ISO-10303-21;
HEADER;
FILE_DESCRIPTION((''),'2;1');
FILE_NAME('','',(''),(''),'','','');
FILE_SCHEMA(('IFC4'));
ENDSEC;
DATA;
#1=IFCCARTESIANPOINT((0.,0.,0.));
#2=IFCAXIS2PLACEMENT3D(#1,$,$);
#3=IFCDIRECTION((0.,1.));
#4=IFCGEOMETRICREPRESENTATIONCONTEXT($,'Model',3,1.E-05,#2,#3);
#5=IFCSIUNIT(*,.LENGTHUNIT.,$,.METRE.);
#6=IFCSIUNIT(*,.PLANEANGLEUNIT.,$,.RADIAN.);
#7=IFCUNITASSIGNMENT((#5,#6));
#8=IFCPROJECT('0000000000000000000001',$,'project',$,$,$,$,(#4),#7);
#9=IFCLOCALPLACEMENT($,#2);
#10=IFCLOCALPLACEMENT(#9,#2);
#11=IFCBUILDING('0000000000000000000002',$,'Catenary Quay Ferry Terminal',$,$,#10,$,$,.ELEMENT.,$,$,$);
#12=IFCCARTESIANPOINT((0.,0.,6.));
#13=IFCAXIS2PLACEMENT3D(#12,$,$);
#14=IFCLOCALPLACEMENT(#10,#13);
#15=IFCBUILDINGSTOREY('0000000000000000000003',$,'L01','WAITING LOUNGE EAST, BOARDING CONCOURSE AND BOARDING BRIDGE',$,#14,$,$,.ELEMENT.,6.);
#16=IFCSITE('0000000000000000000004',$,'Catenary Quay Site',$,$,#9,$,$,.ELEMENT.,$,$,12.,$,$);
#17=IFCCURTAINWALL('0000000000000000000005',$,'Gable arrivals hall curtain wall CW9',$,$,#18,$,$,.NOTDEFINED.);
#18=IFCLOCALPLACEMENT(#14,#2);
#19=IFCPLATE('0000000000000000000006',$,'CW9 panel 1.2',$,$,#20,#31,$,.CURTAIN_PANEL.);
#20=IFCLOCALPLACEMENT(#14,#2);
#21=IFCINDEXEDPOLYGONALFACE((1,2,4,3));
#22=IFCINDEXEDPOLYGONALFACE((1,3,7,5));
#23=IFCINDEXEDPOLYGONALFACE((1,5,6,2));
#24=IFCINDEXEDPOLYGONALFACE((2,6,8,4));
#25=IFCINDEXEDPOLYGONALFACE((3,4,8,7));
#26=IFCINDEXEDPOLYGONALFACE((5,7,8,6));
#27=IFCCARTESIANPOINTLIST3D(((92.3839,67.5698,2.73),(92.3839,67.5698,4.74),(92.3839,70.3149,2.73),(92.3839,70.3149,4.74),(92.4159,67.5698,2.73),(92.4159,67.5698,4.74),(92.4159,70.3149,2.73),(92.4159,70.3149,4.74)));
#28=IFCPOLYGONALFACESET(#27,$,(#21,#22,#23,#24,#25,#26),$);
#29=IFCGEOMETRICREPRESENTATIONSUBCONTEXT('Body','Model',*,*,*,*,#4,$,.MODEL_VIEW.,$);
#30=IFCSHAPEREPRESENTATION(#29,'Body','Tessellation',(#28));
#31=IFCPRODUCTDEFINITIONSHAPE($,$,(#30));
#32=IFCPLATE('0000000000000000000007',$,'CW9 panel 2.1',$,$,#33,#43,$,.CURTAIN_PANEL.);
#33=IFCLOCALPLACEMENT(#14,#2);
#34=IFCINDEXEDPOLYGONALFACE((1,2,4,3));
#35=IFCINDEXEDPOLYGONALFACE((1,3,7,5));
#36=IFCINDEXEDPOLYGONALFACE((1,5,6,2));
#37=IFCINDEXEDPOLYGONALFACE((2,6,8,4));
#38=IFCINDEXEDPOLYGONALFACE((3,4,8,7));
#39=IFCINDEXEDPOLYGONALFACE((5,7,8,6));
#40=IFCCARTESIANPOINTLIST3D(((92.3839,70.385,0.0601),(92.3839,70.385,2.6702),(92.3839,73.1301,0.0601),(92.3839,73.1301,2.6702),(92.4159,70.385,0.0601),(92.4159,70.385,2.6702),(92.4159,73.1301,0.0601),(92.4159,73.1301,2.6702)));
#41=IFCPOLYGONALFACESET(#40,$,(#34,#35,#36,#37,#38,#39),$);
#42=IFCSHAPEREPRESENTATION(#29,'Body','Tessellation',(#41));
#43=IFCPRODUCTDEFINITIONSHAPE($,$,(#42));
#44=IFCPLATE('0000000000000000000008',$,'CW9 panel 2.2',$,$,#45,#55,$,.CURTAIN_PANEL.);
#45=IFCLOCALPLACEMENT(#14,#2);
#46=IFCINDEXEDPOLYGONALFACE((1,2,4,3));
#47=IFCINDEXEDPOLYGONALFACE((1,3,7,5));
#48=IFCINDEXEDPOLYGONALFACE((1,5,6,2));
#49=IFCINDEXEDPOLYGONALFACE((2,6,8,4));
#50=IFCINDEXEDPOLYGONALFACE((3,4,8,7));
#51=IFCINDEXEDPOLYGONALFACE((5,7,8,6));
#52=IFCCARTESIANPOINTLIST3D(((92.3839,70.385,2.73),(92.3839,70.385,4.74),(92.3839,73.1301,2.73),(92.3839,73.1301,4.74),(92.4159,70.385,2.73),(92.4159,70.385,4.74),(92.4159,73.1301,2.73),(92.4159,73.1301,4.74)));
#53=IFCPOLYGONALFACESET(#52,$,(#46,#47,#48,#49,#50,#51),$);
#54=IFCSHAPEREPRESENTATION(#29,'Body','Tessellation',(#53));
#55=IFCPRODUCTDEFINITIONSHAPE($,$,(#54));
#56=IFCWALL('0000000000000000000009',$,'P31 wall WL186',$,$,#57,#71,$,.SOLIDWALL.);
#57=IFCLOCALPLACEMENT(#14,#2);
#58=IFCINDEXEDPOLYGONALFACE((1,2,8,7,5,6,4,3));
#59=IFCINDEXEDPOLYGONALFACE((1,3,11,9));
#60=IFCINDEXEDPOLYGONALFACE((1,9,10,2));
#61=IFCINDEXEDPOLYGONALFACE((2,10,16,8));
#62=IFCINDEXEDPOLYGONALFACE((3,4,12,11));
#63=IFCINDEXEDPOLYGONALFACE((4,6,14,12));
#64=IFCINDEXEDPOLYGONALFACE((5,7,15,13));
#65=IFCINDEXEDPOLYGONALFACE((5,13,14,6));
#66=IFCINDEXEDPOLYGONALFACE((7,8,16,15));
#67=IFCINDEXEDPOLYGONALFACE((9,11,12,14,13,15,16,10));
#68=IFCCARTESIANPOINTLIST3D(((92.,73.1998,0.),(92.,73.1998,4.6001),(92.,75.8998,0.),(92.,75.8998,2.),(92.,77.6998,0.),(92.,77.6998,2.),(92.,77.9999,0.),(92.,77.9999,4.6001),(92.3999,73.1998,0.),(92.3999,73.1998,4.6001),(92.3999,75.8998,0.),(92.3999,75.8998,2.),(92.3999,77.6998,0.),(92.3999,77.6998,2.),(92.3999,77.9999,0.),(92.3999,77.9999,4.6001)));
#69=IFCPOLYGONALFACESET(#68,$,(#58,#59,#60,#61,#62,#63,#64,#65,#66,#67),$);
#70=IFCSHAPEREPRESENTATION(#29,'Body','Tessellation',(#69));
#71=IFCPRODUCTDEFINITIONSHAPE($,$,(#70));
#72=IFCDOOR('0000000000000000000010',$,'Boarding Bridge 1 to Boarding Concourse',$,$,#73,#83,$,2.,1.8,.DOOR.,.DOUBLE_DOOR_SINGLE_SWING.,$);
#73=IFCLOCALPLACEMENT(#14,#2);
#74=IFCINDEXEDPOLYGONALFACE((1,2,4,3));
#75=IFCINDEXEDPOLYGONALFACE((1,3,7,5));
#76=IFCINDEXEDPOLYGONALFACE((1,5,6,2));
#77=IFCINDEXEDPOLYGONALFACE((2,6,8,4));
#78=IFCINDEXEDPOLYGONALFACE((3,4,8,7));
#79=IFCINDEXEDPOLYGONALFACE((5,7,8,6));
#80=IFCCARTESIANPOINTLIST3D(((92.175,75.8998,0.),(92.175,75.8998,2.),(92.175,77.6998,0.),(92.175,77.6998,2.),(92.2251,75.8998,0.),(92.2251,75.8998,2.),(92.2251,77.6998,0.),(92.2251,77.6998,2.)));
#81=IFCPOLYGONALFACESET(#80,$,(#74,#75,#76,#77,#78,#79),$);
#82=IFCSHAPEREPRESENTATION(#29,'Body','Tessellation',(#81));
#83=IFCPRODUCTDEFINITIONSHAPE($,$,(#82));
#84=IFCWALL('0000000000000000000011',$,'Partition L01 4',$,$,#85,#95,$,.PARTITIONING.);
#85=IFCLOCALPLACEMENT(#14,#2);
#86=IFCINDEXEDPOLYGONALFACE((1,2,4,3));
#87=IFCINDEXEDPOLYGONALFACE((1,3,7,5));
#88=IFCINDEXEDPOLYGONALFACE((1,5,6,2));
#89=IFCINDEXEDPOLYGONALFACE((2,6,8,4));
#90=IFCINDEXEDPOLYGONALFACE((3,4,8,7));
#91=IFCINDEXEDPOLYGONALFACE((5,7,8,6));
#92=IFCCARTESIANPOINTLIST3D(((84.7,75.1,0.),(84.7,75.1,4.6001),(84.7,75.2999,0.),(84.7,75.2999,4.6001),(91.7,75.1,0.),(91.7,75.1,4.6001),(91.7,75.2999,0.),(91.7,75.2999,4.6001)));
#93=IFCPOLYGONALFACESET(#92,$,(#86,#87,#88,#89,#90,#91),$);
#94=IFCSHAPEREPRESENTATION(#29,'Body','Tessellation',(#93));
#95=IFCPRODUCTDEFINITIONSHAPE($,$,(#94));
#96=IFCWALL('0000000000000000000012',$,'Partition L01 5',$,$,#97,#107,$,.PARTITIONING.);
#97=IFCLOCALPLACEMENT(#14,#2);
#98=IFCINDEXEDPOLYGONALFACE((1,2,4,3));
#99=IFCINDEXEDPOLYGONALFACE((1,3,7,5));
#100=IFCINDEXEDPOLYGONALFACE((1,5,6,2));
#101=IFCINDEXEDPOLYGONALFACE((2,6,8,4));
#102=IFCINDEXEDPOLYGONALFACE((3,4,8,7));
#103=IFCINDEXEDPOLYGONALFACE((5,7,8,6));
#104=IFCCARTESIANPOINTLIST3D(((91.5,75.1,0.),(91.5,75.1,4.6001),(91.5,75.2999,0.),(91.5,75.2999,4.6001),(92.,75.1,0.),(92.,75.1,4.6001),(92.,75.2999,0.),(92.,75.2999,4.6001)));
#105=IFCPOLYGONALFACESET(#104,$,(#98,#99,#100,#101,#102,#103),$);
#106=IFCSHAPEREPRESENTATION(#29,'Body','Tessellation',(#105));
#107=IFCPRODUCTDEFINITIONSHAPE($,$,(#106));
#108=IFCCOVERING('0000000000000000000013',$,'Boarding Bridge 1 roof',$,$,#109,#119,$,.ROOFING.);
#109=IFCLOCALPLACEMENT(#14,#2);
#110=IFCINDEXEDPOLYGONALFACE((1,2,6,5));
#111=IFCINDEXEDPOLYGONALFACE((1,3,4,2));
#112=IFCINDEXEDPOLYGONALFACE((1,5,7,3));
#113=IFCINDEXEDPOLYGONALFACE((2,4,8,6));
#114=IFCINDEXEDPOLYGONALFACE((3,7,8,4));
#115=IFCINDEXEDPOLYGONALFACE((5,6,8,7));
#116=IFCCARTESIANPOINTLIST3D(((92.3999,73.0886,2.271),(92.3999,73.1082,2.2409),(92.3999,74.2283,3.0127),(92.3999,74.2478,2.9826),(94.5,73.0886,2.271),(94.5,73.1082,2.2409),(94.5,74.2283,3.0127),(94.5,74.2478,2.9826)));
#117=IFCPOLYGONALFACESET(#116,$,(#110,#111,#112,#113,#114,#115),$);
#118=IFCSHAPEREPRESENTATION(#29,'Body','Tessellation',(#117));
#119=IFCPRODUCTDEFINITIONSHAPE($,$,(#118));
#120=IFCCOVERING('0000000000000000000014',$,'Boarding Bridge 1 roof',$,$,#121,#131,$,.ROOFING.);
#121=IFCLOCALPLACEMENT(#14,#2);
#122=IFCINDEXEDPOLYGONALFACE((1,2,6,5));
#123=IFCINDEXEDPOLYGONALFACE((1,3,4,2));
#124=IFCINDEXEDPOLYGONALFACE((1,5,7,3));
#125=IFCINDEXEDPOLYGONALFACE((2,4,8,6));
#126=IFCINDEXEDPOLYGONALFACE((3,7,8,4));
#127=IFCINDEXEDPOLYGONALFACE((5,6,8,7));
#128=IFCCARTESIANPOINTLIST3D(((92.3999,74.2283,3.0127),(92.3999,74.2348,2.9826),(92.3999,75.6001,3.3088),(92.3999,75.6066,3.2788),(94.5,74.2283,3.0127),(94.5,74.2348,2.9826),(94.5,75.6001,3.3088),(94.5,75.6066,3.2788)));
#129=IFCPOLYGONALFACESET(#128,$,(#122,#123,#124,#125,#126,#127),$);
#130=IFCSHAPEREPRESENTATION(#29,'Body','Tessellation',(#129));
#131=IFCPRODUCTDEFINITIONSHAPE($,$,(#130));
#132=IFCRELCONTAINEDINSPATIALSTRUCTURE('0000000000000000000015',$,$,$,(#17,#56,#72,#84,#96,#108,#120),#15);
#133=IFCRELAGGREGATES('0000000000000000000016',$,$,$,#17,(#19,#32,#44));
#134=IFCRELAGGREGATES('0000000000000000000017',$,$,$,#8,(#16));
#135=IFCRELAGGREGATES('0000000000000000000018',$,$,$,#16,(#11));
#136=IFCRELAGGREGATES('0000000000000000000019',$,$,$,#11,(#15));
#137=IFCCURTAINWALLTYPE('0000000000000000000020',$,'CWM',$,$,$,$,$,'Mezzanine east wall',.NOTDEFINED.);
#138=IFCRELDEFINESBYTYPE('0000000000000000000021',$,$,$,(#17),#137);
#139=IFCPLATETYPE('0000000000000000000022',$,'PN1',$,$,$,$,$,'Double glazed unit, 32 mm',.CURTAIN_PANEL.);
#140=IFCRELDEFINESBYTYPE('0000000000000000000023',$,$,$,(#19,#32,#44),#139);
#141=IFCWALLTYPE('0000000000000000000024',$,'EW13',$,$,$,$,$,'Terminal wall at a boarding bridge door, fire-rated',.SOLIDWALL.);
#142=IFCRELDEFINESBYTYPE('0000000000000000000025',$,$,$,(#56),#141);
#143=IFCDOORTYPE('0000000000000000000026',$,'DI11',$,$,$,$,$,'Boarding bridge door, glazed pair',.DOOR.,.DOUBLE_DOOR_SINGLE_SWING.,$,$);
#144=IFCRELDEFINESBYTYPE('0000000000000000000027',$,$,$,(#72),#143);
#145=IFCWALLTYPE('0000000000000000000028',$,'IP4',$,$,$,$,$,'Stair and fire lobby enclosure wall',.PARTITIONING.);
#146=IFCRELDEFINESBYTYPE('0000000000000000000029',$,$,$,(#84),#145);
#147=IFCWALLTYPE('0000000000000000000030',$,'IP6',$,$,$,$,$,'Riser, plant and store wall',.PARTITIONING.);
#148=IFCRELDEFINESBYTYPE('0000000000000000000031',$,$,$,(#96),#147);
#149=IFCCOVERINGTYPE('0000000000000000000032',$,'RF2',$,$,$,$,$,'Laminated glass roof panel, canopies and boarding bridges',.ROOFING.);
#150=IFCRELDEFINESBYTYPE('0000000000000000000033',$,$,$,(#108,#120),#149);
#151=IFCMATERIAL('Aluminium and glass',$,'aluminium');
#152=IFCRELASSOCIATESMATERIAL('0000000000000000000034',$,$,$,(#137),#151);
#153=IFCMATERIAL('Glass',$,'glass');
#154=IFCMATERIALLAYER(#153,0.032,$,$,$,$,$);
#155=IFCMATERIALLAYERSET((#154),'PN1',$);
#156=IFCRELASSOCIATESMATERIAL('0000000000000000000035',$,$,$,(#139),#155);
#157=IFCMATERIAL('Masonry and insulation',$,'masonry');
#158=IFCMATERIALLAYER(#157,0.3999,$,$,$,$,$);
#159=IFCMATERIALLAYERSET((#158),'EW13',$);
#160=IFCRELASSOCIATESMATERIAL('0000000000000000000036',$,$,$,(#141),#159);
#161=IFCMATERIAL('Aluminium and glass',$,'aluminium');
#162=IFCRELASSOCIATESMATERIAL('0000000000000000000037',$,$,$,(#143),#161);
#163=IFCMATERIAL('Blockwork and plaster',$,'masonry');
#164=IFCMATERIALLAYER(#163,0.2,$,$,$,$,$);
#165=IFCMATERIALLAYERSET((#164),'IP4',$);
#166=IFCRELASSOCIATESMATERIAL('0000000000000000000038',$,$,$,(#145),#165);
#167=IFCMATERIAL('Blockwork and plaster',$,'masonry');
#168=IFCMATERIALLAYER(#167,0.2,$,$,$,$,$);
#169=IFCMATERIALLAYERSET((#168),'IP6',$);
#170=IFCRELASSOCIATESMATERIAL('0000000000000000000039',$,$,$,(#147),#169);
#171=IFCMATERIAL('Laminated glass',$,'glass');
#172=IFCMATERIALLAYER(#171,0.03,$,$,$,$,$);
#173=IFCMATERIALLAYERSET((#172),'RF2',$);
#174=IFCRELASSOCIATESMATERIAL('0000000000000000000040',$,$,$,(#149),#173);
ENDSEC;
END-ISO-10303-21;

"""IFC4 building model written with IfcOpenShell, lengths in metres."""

from ifc_helpers import new_model, si_unit, direction, frame, frame_2d, origin, origin_2d, place, context, subcontext, project, spatial, polyline, rectangle, outline, extrude, material, layer, layer_set, type_object, element, fill, aggregate, save


model = new_model("IFC4")

# Units and contexts
model_context = context("Model", 3, precision=1e-05, world=origin(), true_north=direction((0.0, 1.0)))
body_context = subcontext(model_context, "Body", "Model", "MODEL_VIEW")
ifc_project = project(units=[si_unit("LENGTHUNIT", "METRE"), si_unit("PLANEANGLEUNIT", "RADIAN")], contexts=[model_context])

# Site, building, storey
site_placement = place(None, origin())
site = spatial("IfcSite", under=ifc_project, at=site_placement, Name="Catenary Quay Site", CompositionType="ELEMENT", RefElevation=12.0)
building_placement = place(site_placement, origin())
building = spatial("IfcBuilding", under=site, at=building_placement, Name="Catenary Quay Ferry Terminal", CompositionType="ELEMENT")
storey_placement = place(building_placement, frame((0.0, 0.0, 6.0)))
storey = spatial("IfcBuildingStorey", under=building, at=storey_placement, Name="L01", Description="WAITING LOUNGE EAST, BOARDING CONCOURSE AND BOARDING BRIDGE", CompositionType="ELEMENT", Elevation=6.0)

# Curtain wall
ifc_material_1 = material(Name="Aluminium and glass", Category="aluminium")
curtain_wall_type_1 = type_object("IfcCurtainWallType", Name="CWM", ElementType="Mezzanine east wall", PredefinedType="NOTDEFINED", material=ifc_material_1)
curtain_wall_1_placement = place(storey_placement, origin())
curtain_wall_1 = element("IfcCurtainWall", 1, at=curtain_wall_1_placement, inside=storey, type_object=curtain_wall_type_1, Name="Gable arrivals hall curtain wall CW9", PredefinedType="NOTDEFINED")

# Plates
ifc_material_2 = material(Name="Glass", Category="glass")
ifc_layer_1 = layer(ifc_material_2, 0.032)
ifc_layer_set_1 = layer_set([ifc_layer_1], Name="PN1")
plate_type = type_object("IfcPlateType", Name="PN1", ElementType="Double glazed unit, 32 mm", PredefinedType="CURTAIN_PANEL", material=ifc_layer_set_1)
plate_1_placement = place(storey_placement, frame((92.3999, 68.9424, 2.73), z_axis=(0.0, 0.0, 1.0), x_axis=(0.0, 1.0, 0.0)))
plate_1 = element("IfcPlate", 2, at=plate_1_placement, type_object=plate_type, Name="CW9 panel 1.2", PredefinedType="CURTAIN_PANEL", context=body_context, shape_type="SweptSolid", body=[
    extrude(rectangle(XDim=2.7451, YDim=0.032, at=origin_2d()), origin(), (0.0, 0.0, 1.0), 2.01),
])
plate_2_placement = place(storey_placement, frame((92.3999, 71.7576, 0.0601), z_axis=(0.0, 0.0, 1.0), x_axis=(0.0, 1.0, 0.0)))
plate_2 = element("IfcPlate", 3, at=plate_2_placement, type_object=plate_type, Name="CW9 panel 2.1", PredefinedType="CURTAIN_PANEL", context=body_context, shape_type="SweptSolid", body=[
    extrude(rectangle(XDim=2.7451, YDim=0.032, at=origin_2d()), origin(), (0.0, 0.0, 1.0), 2.6101),
])
plate_3_placement = place(storey_placement, frame((92.3999, 71.7576, 2.73), z_axis=(0.0, 0.0, 1.0), x_axis=(0.0, 1.0, 0.0)))
plate_3 = element("IfcPlate", 4, at=plate_3_placement, type_object=plate_type, Name="CW9 panel 2.2", PredefinedType="CURTAIN_PANEL", context=body_context, shape_type="SweptSolid", body=[
    extrude(rectangle(XDim=2.7451, YDim=0.032, at=origin_2d()), origin(), (0.0, 0.0, 1.0), 2.01),
])
aggregate(curtain_wall_1, [plate_1, plate_2, plate_3])

# Wall, opening, door
ifc_material_3 = material(Name="Masonry and insulation", Category="masonry")
ifc_layer_2 = layer(ifc_material_3, 0.3999)
ifc_layer_set_2 = layer_set([ifc_layer_2], Name="EW13")
wall_type_1 = type_object("IfcWallType", Name="EW13", ElementType="Terminal wall at a boarding bridge door, fire-rated", PredefinedType="SOLIDWALL", material=ifc_layer_set_2)
wall_1_placement = place(storey_placement, frame((92.2, 73.2, 0.0), z_axis=(0.0, 0.0, 1.0), x_axis=(0.0, 1.0, 0.0)))
wall_1 = element("IfcWall", 5, at=wall_1_placement, inside=storey, type_object=wall_type_1, Name="P31 wall WL186", PredefinedType="SOLIDWALL", context=body_context, shape_type="SweptSolid", body=[
    extrude(rectangle(XDim=4.8, YDim=0.3999, at=frame_2d((2.3999, 0.0))), origin(), (0.0, 0.0, 1.0), 4.6001),
])
opening_placement = place(wall_1_placement, frame((2.7, 0.0, 0.0)))
opening = element("IfcOpeningElement", 6, at=opening_placement, cuts=wall_1, PredefinedType="OPENING", context=body_context, shape_type="SweptSolid", body=[
    extrude(rectangle(XDim=1.8, YDim=2.0, at=frame_2d((0.8999, 1.0))), frame((0.0, 0.21, 0.0), z_axis=(0.0, -1.0, 0.0), x_axis=(1.0, 0.0, 0.0)), (0.0, 0.0, 1.0), 0.4199),
])
ifc_material_4 = material(Name="Aluminium and glass", Category="aluminium")
door_type = type_object("IfcDoorType", Name="DI11", ElementType="Boarding bridge door, glazed pair", OperationType="DOUBLE_DOOR_SINGLE_SWING", PredefinedType="DOOR", material=ifc_material_4)
door_placement = place(opening_placement, origin())
door = element("IfcDoor", 7, at=door_placement, inside=storey, type_object=door_type, Name="Boarding Bridge 1 to Boarding Concourse", OperationType="DOUBLE_DOOR_SINGLE_SWING", OverallHeight=2.0, OverallWidth=1.8, PredefinedType="DOOR", context=body_context, shape_type="SweptSolid", body=[
    extrude(rectangle(XDim=1.8, YDim=2.0, at=frame_2d((0.8999, 1.0))), frame((0.0, 0.0249, 0.0), z_axis=(0.0, -1.0, 0.0), x_axis=(1.0, 0.0, 0.0)), (0.0, 0.0, 1.0), 0.05),
])
fill(opening, door)

# Walls
ifc_material_5 = material(Name="Blockwork and plaster", Category="masonry")
ifc_layer_3 = layer(ifc_material_5, 0.2)
ifc_layer_set_3 = layer_set([ifc_layer_3], Name="IP4")
wall_type_2 = type_object("IfcWallType", Name="IP4", ElementType="Stair and fire lobby enclosure wall", PredefinedType="PARTITIONING", material=ifc_layer_set_3)
wall_2_placement = place(storey_placement, frame((84.7, 75.2, 0.0), z_axis=(0.0, 0.0, 1.0), x_axis=(1.0, 0.0, 0.0)))
element("IfcWall", 8, at=wall_2_placement, inside=storey, type_object=wall_type_2, Name="Partition L01 4", PredefinedType="PARTITIONING", context=body_context, shape_type="SweptSolid", body=[
    extrude(rectangle(XDim=7.0, YDim=0.2, at=frame_2d((3.5, 0.0))), origin(), (0.0, 0.0, 1.0), 4.6001),
])
ifc_material_6 = material(Name="Blockwork and plaster", Category="masonry")
ifc_layer_4 = layer(ifc_material_6, 0.2)
ifc_layer_set_4 = layer_set([ifc_layer_4], Name="IP6")
wall_type_3 = type_object("IfcWallType", Name="IP6", ElementType="Riser, plant and store wall", PredefinedType="PARTITIONING", material=ifc_layer_set_4)
wall_3_placement = place(storey_placement, frame((91.5, 75.2, 0.0), z_axis=(0.0, 0.0, 1.0), x_axis=(1.0, 0.0, 0.0)))
element("IfcWall", 9, at=wall_3_placement, inside=storey, type_object=wall_type_3, Name="Partition L01 5", PredefinedType="PARTITIONING", context=body_context, shape_type="SweptSolid", body=[
    extrude(rectangle(XDim=0.5, YDim=0.2, at=frame_2d((0.25, 0.0))), origin(), (0.0, 0.0, 1.0), 4.6001),
])

# Coverings
ifc_material_7 = material(Name="Laminated glass", Category="glass")
ifc_layer_5 = layer(ifc_material_7, 0.03)
ifc_layer_set_5 = layer_set([ifc_layer_5], Name="RF2")
covering_type = type_object("IfcCoveringType", Name="RF2", ElementType="Laminated glass roof panel, canopies and boarding bridges", PredefinedType="ROOFING", material=ifc_layer_set_5)
covering_1_placement = place(storey_placement, frame((92.3999, 73.0886, 2.271), z_axis=(0.0, -0.545468, 0.838132), x_axis=(1.0, 0.0, 0.0)))
element("IfcCovering", 10, at=covering_1_placement, inside=storey, type_object=covering_type, Name="Boarding Bridge 1 roof", PredefinedType="ROOFING", context=body_context, shape_type="SweptSolid", body=[
    extrude(outline(polyline([(0.0, 0.0), (2.1001, 0.0), (2.1001, 1.3597), (0.0, 1.3597), (0.0, 0.0)])), origin(), (0.0, 0.0, -1.0), 0.0359),
])
covering_2_placement = place(storey_placement, frame((92.3999, 74.2283, 3.0127), z_axis=(0.0, -0.211014, 0.977483), x_axis=(1.0, 0.0, 0.0)))
element("IfcCovering", 11, at=covering_2_placement, inside=storey, type_object=covering_type, Name="Boarding Bridge 1 roof", PredefinedType="ROOFING", context=body_context, shape_type="SweptSolid", body=[
    extrude(outline(polyline([(0.0, 0.0), (2.1001, 0.0), (2.1001, 1.4034), (0.0, 1.4034), (0.0, 0.0)])), origin(), (0.0, 0.0, -1.0), 0.0308),
])

save(model, "model.ifc")
